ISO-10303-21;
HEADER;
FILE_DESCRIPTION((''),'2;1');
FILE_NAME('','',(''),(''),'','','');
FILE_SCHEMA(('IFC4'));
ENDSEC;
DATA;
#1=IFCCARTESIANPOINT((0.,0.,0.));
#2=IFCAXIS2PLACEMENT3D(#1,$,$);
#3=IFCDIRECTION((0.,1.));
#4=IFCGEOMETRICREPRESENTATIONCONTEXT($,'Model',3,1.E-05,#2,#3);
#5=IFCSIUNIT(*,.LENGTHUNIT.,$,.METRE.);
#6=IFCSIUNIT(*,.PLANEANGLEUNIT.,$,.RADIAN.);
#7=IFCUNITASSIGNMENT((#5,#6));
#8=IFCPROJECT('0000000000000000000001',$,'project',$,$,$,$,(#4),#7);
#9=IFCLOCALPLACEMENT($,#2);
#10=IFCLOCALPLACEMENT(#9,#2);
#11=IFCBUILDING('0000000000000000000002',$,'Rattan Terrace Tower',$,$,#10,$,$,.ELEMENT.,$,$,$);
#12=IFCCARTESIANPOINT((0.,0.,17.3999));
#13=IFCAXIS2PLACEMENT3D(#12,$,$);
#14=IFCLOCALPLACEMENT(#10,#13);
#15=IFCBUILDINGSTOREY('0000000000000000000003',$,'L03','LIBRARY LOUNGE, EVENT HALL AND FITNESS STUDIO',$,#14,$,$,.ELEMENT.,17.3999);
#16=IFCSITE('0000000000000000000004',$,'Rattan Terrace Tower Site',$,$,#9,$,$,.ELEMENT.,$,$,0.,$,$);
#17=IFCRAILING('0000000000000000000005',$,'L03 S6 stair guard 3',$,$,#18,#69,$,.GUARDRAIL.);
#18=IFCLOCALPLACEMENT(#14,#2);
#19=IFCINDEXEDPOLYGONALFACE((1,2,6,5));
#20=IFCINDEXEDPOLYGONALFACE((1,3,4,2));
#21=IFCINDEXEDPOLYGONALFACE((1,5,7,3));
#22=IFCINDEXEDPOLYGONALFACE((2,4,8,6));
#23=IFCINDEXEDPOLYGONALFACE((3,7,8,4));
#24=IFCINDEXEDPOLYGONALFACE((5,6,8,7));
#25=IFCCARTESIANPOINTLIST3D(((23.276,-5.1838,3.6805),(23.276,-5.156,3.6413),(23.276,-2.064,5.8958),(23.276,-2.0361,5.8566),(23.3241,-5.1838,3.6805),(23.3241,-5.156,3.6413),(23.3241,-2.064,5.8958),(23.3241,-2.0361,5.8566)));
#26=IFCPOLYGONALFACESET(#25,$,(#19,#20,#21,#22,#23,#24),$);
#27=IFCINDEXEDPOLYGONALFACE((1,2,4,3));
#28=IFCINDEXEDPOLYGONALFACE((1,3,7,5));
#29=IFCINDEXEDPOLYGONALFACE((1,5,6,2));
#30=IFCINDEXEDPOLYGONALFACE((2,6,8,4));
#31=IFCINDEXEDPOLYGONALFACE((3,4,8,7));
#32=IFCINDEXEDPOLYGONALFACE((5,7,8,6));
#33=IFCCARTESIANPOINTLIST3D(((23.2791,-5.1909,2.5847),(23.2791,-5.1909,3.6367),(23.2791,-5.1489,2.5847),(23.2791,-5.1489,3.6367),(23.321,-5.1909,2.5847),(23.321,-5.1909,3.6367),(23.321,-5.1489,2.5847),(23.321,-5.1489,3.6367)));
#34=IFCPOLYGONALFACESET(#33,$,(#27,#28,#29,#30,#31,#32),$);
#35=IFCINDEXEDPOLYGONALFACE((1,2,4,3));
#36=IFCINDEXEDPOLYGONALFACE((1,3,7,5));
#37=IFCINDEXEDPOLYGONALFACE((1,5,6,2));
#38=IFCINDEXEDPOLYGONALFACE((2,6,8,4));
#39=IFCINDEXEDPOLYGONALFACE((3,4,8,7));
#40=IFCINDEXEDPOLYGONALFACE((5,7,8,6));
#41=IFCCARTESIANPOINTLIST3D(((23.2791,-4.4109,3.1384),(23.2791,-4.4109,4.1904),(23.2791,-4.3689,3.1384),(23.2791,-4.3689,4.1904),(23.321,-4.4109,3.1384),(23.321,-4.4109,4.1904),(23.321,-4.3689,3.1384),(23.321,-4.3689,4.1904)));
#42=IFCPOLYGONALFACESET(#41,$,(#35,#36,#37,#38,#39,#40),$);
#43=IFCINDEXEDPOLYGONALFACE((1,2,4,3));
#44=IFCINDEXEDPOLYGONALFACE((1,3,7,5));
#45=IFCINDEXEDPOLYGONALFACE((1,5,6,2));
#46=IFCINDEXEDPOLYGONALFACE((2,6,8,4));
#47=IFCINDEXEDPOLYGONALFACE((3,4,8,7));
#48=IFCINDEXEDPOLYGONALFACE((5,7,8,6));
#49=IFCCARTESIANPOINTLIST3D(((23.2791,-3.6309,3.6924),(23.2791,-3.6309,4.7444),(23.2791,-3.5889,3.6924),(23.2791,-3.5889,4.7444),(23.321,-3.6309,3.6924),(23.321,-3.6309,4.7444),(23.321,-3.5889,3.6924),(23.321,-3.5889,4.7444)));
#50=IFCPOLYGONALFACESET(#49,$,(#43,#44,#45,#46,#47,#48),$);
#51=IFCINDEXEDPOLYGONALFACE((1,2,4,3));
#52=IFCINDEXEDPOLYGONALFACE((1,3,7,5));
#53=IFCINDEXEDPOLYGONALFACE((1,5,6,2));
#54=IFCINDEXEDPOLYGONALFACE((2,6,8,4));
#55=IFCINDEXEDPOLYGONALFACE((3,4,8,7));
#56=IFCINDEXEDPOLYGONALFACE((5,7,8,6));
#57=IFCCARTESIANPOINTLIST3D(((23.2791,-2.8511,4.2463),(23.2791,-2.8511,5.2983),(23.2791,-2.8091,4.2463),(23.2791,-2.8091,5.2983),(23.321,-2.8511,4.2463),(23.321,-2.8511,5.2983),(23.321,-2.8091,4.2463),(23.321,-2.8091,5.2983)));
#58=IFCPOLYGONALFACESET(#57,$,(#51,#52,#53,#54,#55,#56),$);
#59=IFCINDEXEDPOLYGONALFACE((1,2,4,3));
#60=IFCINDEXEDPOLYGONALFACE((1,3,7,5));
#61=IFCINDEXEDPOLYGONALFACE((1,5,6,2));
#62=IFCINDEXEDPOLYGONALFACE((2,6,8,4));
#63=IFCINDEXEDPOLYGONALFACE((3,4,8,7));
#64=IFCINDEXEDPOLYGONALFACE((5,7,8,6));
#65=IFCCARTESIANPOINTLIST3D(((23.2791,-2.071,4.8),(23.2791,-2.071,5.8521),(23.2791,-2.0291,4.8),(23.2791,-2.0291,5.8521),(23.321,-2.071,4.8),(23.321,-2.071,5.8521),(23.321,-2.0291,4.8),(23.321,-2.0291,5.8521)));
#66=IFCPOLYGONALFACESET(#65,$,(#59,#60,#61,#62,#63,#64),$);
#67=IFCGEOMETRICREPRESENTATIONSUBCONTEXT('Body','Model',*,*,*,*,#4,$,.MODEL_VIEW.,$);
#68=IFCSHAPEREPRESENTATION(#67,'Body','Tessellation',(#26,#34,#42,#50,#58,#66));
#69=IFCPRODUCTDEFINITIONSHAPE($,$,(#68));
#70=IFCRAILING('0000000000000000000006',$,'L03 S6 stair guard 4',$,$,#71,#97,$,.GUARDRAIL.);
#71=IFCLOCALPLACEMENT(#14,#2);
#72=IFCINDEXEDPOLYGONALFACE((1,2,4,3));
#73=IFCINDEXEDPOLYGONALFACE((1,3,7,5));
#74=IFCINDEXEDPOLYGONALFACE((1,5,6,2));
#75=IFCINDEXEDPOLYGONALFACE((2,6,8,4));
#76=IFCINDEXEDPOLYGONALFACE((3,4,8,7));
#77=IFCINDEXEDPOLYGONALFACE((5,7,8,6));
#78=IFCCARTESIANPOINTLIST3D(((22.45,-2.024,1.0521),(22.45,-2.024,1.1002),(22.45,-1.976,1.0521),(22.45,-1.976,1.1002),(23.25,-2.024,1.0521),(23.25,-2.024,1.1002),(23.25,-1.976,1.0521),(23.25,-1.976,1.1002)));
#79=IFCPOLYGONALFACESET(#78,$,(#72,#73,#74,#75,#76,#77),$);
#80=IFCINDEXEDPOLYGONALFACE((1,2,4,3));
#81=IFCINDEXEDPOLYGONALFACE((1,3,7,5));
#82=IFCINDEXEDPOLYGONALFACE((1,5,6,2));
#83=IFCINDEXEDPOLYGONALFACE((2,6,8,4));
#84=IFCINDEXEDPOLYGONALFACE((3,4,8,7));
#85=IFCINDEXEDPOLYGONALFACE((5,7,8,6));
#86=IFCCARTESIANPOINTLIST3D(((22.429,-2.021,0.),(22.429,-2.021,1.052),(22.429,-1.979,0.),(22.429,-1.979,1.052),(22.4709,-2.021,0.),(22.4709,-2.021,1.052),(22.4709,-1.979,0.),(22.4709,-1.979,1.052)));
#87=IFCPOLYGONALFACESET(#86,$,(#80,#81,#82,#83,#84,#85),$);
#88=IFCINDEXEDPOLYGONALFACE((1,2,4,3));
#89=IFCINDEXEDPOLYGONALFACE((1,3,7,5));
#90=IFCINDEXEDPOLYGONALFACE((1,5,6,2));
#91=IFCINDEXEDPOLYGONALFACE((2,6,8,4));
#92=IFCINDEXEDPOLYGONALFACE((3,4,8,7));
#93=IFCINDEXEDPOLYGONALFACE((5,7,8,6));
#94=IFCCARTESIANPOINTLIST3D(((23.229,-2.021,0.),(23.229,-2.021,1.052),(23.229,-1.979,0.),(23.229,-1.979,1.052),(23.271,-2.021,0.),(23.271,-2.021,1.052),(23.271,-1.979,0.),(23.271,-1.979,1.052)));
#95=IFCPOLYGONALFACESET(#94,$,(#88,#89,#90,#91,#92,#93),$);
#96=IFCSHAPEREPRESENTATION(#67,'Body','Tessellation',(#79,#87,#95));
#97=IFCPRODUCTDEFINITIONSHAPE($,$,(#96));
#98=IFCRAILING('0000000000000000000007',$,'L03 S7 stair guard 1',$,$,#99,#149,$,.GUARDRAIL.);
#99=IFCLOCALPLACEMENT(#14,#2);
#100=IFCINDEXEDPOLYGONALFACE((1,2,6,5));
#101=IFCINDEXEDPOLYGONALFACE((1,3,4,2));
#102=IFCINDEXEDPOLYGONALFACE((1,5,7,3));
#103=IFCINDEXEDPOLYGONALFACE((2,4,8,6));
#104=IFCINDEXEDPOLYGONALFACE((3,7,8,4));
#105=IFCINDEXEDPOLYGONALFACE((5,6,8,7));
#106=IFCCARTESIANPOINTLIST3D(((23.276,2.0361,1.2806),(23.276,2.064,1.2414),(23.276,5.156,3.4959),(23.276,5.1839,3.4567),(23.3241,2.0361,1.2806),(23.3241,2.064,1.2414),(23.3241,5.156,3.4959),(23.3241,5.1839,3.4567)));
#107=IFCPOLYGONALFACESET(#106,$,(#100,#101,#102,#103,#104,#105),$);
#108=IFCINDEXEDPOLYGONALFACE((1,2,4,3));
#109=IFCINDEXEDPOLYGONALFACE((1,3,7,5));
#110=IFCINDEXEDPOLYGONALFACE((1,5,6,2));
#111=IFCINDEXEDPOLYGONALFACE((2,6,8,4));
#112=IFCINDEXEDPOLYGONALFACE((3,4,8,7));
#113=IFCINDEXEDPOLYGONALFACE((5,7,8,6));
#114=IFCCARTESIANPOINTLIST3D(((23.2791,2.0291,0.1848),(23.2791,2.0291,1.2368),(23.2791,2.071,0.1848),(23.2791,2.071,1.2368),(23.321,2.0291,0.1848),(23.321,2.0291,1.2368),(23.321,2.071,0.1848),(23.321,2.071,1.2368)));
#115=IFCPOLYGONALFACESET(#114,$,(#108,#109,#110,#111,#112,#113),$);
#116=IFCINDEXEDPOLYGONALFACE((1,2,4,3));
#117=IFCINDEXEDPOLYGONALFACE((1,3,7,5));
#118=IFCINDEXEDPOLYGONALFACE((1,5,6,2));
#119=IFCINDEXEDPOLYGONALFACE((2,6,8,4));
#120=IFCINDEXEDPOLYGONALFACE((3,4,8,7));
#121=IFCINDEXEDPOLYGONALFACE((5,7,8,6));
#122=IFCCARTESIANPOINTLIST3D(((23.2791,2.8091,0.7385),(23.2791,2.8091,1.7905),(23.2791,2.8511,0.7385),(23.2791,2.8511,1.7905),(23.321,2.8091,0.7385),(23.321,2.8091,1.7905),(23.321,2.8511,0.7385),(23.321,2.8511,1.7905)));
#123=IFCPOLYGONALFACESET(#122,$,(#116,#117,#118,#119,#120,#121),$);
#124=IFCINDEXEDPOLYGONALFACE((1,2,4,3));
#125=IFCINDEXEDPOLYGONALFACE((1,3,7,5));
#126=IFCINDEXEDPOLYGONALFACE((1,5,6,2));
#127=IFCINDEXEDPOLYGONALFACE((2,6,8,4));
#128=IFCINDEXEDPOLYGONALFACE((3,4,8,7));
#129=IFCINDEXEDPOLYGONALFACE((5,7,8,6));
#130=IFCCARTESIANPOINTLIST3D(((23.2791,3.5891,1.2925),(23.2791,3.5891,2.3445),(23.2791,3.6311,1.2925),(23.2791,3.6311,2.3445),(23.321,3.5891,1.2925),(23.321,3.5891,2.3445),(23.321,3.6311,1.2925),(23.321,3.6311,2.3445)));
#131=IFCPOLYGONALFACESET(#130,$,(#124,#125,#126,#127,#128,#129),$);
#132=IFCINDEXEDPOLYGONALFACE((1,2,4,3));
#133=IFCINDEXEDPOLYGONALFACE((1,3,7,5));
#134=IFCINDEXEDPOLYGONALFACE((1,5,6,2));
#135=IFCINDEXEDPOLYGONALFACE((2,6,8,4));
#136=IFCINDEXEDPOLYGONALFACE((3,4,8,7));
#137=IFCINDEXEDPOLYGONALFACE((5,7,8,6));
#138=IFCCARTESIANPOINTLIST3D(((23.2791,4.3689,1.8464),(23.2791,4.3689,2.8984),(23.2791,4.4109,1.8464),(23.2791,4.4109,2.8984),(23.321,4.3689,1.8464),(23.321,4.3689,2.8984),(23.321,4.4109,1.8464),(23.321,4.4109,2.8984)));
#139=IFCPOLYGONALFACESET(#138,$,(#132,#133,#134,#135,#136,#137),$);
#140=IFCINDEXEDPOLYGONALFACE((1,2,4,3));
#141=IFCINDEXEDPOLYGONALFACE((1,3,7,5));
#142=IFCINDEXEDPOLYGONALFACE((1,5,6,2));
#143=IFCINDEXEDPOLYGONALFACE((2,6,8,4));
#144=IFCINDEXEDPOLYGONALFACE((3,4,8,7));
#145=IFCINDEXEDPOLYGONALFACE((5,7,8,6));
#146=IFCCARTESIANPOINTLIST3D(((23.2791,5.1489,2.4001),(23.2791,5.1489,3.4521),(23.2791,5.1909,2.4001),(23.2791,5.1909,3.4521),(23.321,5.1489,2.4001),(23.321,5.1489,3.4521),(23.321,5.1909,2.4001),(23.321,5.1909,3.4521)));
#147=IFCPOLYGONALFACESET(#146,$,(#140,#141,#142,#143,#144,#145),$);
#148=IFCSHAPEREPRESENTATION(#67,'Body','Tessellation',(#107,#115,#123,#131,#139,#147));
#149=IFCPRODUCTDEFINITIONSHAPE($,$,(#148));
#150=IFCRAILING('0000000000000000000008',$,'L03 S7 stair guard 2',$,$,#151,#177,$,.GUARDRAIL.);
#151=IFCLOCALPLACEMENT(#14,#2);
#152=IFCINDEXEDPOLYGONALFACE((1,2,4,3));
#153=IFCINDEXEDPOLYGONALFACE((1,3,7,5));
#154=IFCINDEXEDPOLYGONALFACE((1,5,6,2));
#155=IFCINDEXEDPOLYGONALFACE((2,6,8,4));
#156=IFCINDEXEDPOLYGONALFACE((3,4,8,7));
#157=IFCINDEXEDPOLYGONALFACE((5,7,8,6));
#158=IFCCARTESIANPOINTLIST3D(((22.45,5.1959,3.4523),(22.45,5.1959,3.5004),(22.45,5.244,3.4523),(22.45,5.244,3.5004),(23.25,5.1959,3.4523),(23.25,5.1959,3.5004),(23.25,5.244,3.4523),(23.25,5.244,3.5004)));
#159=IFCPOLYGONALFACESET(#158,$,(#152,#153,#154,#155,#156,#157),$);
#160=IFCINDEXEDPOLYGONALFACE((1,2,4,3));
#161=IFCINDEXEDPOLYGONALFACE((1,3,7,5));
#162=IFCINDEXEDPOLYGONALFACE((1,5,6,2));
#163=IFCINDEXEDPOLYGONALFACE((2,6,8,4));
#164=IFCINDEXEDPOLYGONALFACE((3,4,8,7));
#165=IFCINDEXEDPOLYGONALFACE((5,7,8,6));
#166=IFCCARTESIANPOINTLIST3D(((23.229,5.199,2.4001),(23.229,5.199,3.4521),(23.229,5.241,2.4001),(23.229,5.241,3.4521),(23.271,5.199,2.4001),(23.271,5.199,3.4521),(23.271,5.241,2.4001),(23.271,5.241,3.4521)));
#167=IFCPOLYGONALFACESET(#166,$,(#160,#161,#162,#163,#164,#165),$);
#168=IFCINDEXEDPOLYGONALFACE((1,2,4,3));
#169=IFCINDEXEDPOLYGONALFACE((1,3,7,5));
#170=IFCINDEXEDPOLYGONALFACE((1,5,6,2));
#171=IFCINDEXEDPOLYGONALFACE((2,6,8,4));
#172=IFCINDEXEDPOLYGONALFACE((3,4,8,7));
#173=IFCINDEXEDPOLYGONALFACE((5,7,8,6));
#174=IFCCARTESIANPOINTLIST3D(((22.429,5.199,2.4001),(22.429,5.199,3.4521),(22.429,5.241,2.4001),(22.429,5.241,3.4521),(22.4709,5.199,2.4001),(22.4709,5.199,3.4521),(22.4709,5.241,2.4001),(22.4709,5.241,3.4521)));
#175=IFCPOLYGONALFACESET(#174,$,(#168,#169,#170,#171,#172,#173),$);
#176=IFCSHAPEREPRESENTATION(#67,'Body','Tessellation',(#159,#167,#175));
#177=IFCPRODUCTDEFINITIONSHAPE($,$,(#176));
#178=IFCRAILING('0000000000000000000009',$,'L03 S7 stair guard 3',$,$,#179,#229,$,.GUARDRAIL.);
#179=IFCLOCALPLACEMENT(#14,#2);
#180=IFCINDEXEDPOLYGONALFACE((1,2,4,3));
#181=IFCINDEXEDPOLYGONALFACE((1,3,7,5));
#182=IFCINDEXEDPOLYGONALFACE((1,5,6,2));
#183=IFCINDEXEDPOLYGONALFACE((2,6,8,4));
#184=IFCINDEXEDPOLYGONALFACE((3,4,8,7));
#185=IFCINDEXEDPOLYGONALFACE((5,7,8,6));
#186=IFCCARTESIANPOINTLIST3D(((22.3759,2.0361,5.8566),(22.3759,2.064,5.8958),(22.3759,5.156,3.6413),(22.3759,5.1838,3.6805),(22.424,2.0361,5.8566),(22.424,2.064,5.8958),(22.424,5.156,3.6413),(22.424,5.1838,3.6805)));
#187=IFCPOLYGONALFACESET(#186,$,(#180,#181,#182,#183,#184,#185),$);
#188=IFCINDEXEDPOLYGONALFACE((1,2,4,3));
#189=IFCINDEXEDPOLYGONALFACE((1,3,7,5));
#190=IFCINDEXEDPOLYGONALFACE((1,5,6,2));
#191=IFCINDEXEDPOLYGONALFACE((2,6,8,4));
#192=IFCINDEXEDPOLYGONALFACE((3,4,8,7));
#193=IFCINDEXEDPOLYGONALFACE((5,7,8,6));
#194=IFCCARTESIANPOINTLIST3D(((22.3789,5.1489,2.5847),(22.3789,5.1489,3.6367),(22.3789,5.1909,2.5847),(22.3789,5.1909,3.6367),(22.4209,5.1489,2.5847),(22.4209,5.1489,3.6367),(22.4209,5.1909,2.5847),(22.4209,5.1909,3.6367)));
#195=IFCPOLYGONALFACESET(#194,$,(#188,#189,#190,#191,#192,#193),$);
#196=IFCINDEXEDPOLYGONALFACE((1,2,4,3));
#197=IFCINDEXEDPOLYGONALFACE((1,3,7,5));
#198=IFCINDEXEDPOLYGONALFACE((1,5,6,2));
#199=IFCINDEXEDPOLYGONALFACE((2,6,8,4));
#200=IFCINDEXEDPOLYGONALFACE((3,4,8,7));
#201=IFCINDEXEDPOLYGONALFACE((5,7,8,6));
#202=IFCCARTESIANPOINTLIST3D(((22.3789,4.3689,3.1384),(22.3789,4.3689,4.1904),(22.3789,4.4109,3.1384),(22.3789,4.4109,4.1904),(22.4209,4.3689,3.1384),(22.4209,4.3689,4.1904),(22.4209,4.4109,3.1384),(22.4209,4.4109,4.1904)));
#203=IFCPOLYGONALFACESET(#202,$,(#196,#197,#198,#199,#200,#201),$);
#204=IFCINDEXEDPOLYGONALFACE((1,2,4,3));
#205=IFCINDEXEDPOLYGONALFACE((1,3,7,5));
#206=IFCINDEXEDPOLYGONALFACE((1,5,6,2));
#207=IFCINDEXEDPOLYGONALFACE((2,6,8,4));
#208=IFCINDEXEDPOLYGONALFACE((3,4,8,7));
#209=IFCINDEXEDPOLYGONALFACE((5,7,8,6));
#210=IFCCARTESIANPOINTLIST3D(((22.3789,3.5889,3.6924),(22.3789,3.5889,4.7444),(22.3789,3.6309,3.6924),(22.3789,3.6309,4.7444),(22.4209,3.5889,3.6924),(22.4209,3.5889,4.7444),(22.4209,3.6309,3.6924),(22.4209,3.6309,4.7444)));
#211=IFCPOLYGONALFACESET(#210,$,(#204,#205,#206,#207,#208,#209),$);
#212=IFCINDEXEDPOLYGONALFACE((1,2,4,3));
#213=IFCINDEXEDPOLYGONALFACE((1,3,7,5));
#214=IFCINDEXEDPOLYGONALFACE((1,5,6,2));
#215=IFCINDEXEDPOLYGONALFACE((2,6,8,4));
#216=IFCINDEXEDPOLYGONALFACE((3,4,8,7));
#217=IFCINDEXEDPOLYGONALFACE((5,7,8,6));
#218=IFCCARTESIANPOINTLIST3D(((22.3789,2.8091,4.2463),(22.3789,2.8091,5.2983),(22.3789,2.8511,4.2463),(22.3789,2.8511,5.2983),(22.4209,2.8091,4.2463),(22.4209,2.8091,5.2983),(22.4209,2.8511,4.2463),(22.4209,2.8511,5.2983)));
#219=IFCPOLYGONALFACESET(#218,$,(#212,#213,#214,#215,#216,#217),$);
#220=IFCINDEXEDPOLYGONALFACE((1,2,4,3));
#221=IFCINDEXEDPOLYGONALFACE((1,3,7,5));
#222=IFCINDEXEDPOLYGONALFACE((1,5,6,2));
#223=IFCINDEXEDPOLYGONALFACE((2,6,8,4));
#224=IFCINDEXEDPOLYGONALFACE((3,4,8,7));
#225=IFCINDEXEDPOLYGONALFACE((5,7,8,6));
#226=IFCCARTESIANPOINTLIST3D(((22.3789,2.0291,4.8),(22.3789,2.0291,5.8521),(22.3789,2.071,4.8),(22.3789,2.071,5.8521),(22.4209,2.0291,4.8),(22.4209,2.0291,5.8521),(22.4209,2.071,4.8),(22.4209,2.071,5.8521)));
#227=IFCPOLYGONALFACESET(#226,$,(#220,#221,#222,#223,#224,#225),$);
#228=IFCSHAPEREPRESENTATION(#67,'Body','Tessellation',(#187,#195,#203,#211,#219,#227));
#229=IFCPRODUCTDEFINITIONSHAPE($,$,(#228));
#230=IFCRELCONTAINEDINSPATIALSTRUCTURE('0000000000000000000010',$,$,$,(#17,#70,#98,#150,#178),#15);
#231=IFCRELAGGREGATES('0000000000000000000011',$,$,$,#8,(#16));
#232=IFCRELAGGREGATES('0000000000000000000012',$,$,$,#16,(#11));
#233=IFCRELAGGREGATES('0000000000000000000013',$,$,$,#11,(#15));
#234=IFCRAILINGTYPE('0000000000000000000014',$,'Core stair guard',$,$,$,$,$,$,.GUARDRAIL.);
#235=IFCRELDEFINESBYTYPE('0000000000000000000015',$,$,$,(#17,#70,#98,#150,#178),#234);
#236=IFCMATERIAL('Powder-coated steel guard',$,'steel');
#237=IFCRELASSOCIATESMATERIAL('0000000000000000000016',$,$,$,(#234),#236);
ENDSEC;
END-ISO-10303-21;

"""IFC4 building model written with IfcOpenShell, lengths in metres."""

from ifc_helpers import new_model, si_unit, direction, frame, origin, origin_2d, place, context, subcontext, project, spatial, rectangle, extrude, material, type_object, element, save


model = new_model("IFC4")

# Units and contexts
model_context = context("Model", 3, precision=1e-05, world=origin(), true_north=direction((0.0, 1.0)))
body_context = subcontext(model_context, "Body", "Model", "MODEL_VIEW")
ifc_project = project(units=[si_unit("LENGTHUNIT", "METRE"), si_unit("PLANEANGLEUNIT", "RADIAN")], contexts=[model_context])

# Site, building, storey
site_placement = place(None, origin())
site = spatial("IfcSite", under=ifc_project, at=site_placement, Name="Rattan Terrace Tower Site", CompositionType="ELEMENT", RefElevation=0.0)
building_placement = place(site_placement, origin())
building = spatial("IfcBuilding", under=site, at=building_placement, Name="Rattan Terrace Tower", CompositionType="ELEMENT")
storey_placement = place(building_placement, frame((0.0, 0.0, 17.3999)))
storey = spatial("IfcBuildingStorey", under=building, at=storey_placement, Name="L03", Description="LIBRARY LOUNGE, EVENT HALL AND FITNESS STUDIO", CompositionType="ELEMENT", Elevation=17.3999)

# Railings
ifc_material_1 = material(Name="Powder-coated steel guard", Category="steel")
railing_type_1 = type_object("IfcRailingType", Name="Core stair guard", PredefinedType="GUARDRAIL", material=ifc_material_1)
railing_1_placement = place(storey_placement, frame((23.3, -5.1699, 2.5847)))
element("IfcRailing", 1, at=railing_1_placement, inside=storey, type_object=railing_type_1, Name="L03 S6 stair guard 3", PredefinedType="GUARDRAIL", context=body_context, shape_type="SweptSolid", body=[
    extrude(rectangle(XDim=0.0481, YDim=0.0481, at=origin_2d()), frame((0.0, 0.0, 1.0762), z_axis=(0.0, 0.815356, 0.578961), x_axis=(-1.0, 0.0, 0.0)), (0.0, 0.0, 1.0), 3.8264),
    extrude(rectangle(XDim=0.042, YDim=0.042, at=origin_2d()), origin(), (0.0, 0.0, 1.0), 1.052),
    extrude(rectangle(XDim=0.042, YDim=0.042, at=origin_2d()), frame((0.0, 0.78, 0.5537)), (0.0, 0.0, 1.0), 1.052),
    extrude(rectangle(XDim=0.042, YDim=0.042, at=origin_2d()), frame((0.0, 1.5601, 1.1077)), (0.0, 0.0, 1.0), 1.052),
    extrude(rectangle(XDim=0.042, YDim=0.042, at=origin_2d()), frame((0.0, 2.3398, 1.6616)), (0.0, 0.0, 1.0), 1.052),
    extrude(rectangle(XDim=0.042, YDim=0.042, at=origin_2d()), frame((0.0, 3.1199, 2.2153)), (0.0, 0.0, 1.0), 1.052),
])
railing_2_placement = place(storey_placement, frame((22.45, -2.0, 0.0)))
element("IfcRailing", 2, at=railing_2_placement, inside=storey, type_object=railing_type_1, Name="L03 S6 stair guard 4", PredefinedType="GUARDRAIL", context=body_context, shape_type="SweptSolid", body=[
    extrude(rectangle(XDim=0.0481, YDim=0.0481, at=origin_2d()), frame((0.0, 0.0, 1.0762), z_axis=(1.0, 0.0, 0.0), x_axis=(0.0, 1.0, 0.0)), (0.0, 0.0, 1.0), 0.8),
    extrude(rectangle(XDim=0.042, YDim=0.042, at=origin_2d()), origin(), (0.0, 0.0, 1.0), 1.052),
    extrude(rectangle(XDim=0.042, YDim=0.042, at=origin_2d()), frame((0.8, 0.0, 0.0)), (0.0, 0.0, 1.0), 1.052),
])
railing_3_placement = place(storey_placement, frame((23.3, 2.05, 0.1848)))
element("IfcRailing", 3, at=railing_3_placement, inside=storey, type_object=railing_type_1, Name="L03 S7 stair guard 1", PredefinedType="GUARDRAIL", context=body_context, shape_type="SweptSolid", body=[
    extrude(rectangle(XDim=0.0481, YDim=0.0481, at=origin_2d()), frame((0.0, 0.0, 1.0762), z_axis=(0.0, 0.815356, 0.578961), x_axis=(-1.0, 0.0, 0.0)), (0.0, 0.0, 1.0), 3.8264),
    extrude(rectangle(XDim=0.042, YDim=0.042, at=origin_2d()), origin(), (0.0, 0.0, 1.0), 1.052),
    extrude(rectangle(XDim=0.042, YDim=0.042, at=origin_2d()), frame((0.0, 0.78, 0.5537)), (0.0, 0.0, 1.0), 1.052),
    extrude(rectangle(XDim=0.042, YDim=0.042, at=origin_2d()), frame((0.0, 1.5601, 1.1077)), (0.0, 0.0, 1.0), 1.052),
    extrude(rectangle(XDim=0.042, YDim=0.042, at=origin_2d()), frame((0.0, 2.3398, 1.6616)), (0.0, 0.0, 1.0), 1.052),
    extrude(rectangle(XDim=0.042, YDim=0.042, at=origin_2d()), frame((0.0, 3.1199, 2.2153)), (0.0, 0.0, 1.0), 1.052),
])
railing_4_placement = place(storey_placement, frame((23.25, 5.22, 2.4001)))
element("IfcRailing", 4, at=railing_4_placement, inside=storey, type_object=railing_type_1, Name="L03 S7 stair guard 2", PredefinedType="GUARDRAIL", context=body_context, shape_type="SweptSolid", body=[
    extrude(rectangle(XDim=0.0481, YDim=0.0481, at=origin_2d()), frame((0.0, 0.0, 1.0762), z_axis=(-1.0, 0.0, 0.0), x_axis=(0.0, -1.0, 0.0)), (0.0, 0.0, 1.0), 0.8),
    extrude(rectangle(XDim=0.042, YDim=0.042, at=origin_2d()), origin(), (0.0, 0.0, 1.0), 1.052),
    extrude(rectangle(XDim=0.042, YDim=0.042, at=origin_2d()), frame((-0.8, 0.0, 0.0)), (0.0, 0.0, 1.0), 1.052),
])
railing_5_placement = place(storey_placement, frame((22.3999, 5.1699, 2.5847)))
element("IfcRailing", 5, at=railing_5_placement, inside=storey, type_object=railing_type_1, Name="L03 S7 stair guard 3", PredefinedType="GUARDRAIL", context=body_context, shape_type="SweptSolid", body=[
    extrude(rectangle(XDim=0.0481, YDim=0.0481, at=origin_2d()), frame((0.0, 0.0, 1.0762), z_axis=(0.0, -0.815356, 0.578961), x_axis=(1.0, 0.0, 0.0)), (0.0, 0.0, 1.0), 3.8264),
    extrude(rectangle(XDim=0.042, YDim=0.042, at=origin_2d()), origin(), (0.0, 0.0, 1.0), 1.052),
    extrude(rectangle(XDim=0.042, YDim=0.042, at=origin_2d()), frame((0.0, -0.78, 0.5537)), (0.0, 0.0, 1.0), 1.052),
    extrude(rectangle(XDim=0.042, YDim=0.042, at=origin_2d()), frame((0.0, -1.5601, 1.1077)), (0.0, 0.0, 1.0), 1.052),
    extrude(rectangle(XDim=0.042, YDim=0.042, at=origin_2d()), frame((0.0, -2.3398, 1.6616)), (0.0, 0.0, 1.0), 1.052),
    extrude(rectangle(XDim=0.042, YDim=0.042, at=origin_2d()), frame((0.0, -3.1199, 2.2153)), (0.0, 0.0, 1.0), 1.052),
])

save(model, "model.ifc")
